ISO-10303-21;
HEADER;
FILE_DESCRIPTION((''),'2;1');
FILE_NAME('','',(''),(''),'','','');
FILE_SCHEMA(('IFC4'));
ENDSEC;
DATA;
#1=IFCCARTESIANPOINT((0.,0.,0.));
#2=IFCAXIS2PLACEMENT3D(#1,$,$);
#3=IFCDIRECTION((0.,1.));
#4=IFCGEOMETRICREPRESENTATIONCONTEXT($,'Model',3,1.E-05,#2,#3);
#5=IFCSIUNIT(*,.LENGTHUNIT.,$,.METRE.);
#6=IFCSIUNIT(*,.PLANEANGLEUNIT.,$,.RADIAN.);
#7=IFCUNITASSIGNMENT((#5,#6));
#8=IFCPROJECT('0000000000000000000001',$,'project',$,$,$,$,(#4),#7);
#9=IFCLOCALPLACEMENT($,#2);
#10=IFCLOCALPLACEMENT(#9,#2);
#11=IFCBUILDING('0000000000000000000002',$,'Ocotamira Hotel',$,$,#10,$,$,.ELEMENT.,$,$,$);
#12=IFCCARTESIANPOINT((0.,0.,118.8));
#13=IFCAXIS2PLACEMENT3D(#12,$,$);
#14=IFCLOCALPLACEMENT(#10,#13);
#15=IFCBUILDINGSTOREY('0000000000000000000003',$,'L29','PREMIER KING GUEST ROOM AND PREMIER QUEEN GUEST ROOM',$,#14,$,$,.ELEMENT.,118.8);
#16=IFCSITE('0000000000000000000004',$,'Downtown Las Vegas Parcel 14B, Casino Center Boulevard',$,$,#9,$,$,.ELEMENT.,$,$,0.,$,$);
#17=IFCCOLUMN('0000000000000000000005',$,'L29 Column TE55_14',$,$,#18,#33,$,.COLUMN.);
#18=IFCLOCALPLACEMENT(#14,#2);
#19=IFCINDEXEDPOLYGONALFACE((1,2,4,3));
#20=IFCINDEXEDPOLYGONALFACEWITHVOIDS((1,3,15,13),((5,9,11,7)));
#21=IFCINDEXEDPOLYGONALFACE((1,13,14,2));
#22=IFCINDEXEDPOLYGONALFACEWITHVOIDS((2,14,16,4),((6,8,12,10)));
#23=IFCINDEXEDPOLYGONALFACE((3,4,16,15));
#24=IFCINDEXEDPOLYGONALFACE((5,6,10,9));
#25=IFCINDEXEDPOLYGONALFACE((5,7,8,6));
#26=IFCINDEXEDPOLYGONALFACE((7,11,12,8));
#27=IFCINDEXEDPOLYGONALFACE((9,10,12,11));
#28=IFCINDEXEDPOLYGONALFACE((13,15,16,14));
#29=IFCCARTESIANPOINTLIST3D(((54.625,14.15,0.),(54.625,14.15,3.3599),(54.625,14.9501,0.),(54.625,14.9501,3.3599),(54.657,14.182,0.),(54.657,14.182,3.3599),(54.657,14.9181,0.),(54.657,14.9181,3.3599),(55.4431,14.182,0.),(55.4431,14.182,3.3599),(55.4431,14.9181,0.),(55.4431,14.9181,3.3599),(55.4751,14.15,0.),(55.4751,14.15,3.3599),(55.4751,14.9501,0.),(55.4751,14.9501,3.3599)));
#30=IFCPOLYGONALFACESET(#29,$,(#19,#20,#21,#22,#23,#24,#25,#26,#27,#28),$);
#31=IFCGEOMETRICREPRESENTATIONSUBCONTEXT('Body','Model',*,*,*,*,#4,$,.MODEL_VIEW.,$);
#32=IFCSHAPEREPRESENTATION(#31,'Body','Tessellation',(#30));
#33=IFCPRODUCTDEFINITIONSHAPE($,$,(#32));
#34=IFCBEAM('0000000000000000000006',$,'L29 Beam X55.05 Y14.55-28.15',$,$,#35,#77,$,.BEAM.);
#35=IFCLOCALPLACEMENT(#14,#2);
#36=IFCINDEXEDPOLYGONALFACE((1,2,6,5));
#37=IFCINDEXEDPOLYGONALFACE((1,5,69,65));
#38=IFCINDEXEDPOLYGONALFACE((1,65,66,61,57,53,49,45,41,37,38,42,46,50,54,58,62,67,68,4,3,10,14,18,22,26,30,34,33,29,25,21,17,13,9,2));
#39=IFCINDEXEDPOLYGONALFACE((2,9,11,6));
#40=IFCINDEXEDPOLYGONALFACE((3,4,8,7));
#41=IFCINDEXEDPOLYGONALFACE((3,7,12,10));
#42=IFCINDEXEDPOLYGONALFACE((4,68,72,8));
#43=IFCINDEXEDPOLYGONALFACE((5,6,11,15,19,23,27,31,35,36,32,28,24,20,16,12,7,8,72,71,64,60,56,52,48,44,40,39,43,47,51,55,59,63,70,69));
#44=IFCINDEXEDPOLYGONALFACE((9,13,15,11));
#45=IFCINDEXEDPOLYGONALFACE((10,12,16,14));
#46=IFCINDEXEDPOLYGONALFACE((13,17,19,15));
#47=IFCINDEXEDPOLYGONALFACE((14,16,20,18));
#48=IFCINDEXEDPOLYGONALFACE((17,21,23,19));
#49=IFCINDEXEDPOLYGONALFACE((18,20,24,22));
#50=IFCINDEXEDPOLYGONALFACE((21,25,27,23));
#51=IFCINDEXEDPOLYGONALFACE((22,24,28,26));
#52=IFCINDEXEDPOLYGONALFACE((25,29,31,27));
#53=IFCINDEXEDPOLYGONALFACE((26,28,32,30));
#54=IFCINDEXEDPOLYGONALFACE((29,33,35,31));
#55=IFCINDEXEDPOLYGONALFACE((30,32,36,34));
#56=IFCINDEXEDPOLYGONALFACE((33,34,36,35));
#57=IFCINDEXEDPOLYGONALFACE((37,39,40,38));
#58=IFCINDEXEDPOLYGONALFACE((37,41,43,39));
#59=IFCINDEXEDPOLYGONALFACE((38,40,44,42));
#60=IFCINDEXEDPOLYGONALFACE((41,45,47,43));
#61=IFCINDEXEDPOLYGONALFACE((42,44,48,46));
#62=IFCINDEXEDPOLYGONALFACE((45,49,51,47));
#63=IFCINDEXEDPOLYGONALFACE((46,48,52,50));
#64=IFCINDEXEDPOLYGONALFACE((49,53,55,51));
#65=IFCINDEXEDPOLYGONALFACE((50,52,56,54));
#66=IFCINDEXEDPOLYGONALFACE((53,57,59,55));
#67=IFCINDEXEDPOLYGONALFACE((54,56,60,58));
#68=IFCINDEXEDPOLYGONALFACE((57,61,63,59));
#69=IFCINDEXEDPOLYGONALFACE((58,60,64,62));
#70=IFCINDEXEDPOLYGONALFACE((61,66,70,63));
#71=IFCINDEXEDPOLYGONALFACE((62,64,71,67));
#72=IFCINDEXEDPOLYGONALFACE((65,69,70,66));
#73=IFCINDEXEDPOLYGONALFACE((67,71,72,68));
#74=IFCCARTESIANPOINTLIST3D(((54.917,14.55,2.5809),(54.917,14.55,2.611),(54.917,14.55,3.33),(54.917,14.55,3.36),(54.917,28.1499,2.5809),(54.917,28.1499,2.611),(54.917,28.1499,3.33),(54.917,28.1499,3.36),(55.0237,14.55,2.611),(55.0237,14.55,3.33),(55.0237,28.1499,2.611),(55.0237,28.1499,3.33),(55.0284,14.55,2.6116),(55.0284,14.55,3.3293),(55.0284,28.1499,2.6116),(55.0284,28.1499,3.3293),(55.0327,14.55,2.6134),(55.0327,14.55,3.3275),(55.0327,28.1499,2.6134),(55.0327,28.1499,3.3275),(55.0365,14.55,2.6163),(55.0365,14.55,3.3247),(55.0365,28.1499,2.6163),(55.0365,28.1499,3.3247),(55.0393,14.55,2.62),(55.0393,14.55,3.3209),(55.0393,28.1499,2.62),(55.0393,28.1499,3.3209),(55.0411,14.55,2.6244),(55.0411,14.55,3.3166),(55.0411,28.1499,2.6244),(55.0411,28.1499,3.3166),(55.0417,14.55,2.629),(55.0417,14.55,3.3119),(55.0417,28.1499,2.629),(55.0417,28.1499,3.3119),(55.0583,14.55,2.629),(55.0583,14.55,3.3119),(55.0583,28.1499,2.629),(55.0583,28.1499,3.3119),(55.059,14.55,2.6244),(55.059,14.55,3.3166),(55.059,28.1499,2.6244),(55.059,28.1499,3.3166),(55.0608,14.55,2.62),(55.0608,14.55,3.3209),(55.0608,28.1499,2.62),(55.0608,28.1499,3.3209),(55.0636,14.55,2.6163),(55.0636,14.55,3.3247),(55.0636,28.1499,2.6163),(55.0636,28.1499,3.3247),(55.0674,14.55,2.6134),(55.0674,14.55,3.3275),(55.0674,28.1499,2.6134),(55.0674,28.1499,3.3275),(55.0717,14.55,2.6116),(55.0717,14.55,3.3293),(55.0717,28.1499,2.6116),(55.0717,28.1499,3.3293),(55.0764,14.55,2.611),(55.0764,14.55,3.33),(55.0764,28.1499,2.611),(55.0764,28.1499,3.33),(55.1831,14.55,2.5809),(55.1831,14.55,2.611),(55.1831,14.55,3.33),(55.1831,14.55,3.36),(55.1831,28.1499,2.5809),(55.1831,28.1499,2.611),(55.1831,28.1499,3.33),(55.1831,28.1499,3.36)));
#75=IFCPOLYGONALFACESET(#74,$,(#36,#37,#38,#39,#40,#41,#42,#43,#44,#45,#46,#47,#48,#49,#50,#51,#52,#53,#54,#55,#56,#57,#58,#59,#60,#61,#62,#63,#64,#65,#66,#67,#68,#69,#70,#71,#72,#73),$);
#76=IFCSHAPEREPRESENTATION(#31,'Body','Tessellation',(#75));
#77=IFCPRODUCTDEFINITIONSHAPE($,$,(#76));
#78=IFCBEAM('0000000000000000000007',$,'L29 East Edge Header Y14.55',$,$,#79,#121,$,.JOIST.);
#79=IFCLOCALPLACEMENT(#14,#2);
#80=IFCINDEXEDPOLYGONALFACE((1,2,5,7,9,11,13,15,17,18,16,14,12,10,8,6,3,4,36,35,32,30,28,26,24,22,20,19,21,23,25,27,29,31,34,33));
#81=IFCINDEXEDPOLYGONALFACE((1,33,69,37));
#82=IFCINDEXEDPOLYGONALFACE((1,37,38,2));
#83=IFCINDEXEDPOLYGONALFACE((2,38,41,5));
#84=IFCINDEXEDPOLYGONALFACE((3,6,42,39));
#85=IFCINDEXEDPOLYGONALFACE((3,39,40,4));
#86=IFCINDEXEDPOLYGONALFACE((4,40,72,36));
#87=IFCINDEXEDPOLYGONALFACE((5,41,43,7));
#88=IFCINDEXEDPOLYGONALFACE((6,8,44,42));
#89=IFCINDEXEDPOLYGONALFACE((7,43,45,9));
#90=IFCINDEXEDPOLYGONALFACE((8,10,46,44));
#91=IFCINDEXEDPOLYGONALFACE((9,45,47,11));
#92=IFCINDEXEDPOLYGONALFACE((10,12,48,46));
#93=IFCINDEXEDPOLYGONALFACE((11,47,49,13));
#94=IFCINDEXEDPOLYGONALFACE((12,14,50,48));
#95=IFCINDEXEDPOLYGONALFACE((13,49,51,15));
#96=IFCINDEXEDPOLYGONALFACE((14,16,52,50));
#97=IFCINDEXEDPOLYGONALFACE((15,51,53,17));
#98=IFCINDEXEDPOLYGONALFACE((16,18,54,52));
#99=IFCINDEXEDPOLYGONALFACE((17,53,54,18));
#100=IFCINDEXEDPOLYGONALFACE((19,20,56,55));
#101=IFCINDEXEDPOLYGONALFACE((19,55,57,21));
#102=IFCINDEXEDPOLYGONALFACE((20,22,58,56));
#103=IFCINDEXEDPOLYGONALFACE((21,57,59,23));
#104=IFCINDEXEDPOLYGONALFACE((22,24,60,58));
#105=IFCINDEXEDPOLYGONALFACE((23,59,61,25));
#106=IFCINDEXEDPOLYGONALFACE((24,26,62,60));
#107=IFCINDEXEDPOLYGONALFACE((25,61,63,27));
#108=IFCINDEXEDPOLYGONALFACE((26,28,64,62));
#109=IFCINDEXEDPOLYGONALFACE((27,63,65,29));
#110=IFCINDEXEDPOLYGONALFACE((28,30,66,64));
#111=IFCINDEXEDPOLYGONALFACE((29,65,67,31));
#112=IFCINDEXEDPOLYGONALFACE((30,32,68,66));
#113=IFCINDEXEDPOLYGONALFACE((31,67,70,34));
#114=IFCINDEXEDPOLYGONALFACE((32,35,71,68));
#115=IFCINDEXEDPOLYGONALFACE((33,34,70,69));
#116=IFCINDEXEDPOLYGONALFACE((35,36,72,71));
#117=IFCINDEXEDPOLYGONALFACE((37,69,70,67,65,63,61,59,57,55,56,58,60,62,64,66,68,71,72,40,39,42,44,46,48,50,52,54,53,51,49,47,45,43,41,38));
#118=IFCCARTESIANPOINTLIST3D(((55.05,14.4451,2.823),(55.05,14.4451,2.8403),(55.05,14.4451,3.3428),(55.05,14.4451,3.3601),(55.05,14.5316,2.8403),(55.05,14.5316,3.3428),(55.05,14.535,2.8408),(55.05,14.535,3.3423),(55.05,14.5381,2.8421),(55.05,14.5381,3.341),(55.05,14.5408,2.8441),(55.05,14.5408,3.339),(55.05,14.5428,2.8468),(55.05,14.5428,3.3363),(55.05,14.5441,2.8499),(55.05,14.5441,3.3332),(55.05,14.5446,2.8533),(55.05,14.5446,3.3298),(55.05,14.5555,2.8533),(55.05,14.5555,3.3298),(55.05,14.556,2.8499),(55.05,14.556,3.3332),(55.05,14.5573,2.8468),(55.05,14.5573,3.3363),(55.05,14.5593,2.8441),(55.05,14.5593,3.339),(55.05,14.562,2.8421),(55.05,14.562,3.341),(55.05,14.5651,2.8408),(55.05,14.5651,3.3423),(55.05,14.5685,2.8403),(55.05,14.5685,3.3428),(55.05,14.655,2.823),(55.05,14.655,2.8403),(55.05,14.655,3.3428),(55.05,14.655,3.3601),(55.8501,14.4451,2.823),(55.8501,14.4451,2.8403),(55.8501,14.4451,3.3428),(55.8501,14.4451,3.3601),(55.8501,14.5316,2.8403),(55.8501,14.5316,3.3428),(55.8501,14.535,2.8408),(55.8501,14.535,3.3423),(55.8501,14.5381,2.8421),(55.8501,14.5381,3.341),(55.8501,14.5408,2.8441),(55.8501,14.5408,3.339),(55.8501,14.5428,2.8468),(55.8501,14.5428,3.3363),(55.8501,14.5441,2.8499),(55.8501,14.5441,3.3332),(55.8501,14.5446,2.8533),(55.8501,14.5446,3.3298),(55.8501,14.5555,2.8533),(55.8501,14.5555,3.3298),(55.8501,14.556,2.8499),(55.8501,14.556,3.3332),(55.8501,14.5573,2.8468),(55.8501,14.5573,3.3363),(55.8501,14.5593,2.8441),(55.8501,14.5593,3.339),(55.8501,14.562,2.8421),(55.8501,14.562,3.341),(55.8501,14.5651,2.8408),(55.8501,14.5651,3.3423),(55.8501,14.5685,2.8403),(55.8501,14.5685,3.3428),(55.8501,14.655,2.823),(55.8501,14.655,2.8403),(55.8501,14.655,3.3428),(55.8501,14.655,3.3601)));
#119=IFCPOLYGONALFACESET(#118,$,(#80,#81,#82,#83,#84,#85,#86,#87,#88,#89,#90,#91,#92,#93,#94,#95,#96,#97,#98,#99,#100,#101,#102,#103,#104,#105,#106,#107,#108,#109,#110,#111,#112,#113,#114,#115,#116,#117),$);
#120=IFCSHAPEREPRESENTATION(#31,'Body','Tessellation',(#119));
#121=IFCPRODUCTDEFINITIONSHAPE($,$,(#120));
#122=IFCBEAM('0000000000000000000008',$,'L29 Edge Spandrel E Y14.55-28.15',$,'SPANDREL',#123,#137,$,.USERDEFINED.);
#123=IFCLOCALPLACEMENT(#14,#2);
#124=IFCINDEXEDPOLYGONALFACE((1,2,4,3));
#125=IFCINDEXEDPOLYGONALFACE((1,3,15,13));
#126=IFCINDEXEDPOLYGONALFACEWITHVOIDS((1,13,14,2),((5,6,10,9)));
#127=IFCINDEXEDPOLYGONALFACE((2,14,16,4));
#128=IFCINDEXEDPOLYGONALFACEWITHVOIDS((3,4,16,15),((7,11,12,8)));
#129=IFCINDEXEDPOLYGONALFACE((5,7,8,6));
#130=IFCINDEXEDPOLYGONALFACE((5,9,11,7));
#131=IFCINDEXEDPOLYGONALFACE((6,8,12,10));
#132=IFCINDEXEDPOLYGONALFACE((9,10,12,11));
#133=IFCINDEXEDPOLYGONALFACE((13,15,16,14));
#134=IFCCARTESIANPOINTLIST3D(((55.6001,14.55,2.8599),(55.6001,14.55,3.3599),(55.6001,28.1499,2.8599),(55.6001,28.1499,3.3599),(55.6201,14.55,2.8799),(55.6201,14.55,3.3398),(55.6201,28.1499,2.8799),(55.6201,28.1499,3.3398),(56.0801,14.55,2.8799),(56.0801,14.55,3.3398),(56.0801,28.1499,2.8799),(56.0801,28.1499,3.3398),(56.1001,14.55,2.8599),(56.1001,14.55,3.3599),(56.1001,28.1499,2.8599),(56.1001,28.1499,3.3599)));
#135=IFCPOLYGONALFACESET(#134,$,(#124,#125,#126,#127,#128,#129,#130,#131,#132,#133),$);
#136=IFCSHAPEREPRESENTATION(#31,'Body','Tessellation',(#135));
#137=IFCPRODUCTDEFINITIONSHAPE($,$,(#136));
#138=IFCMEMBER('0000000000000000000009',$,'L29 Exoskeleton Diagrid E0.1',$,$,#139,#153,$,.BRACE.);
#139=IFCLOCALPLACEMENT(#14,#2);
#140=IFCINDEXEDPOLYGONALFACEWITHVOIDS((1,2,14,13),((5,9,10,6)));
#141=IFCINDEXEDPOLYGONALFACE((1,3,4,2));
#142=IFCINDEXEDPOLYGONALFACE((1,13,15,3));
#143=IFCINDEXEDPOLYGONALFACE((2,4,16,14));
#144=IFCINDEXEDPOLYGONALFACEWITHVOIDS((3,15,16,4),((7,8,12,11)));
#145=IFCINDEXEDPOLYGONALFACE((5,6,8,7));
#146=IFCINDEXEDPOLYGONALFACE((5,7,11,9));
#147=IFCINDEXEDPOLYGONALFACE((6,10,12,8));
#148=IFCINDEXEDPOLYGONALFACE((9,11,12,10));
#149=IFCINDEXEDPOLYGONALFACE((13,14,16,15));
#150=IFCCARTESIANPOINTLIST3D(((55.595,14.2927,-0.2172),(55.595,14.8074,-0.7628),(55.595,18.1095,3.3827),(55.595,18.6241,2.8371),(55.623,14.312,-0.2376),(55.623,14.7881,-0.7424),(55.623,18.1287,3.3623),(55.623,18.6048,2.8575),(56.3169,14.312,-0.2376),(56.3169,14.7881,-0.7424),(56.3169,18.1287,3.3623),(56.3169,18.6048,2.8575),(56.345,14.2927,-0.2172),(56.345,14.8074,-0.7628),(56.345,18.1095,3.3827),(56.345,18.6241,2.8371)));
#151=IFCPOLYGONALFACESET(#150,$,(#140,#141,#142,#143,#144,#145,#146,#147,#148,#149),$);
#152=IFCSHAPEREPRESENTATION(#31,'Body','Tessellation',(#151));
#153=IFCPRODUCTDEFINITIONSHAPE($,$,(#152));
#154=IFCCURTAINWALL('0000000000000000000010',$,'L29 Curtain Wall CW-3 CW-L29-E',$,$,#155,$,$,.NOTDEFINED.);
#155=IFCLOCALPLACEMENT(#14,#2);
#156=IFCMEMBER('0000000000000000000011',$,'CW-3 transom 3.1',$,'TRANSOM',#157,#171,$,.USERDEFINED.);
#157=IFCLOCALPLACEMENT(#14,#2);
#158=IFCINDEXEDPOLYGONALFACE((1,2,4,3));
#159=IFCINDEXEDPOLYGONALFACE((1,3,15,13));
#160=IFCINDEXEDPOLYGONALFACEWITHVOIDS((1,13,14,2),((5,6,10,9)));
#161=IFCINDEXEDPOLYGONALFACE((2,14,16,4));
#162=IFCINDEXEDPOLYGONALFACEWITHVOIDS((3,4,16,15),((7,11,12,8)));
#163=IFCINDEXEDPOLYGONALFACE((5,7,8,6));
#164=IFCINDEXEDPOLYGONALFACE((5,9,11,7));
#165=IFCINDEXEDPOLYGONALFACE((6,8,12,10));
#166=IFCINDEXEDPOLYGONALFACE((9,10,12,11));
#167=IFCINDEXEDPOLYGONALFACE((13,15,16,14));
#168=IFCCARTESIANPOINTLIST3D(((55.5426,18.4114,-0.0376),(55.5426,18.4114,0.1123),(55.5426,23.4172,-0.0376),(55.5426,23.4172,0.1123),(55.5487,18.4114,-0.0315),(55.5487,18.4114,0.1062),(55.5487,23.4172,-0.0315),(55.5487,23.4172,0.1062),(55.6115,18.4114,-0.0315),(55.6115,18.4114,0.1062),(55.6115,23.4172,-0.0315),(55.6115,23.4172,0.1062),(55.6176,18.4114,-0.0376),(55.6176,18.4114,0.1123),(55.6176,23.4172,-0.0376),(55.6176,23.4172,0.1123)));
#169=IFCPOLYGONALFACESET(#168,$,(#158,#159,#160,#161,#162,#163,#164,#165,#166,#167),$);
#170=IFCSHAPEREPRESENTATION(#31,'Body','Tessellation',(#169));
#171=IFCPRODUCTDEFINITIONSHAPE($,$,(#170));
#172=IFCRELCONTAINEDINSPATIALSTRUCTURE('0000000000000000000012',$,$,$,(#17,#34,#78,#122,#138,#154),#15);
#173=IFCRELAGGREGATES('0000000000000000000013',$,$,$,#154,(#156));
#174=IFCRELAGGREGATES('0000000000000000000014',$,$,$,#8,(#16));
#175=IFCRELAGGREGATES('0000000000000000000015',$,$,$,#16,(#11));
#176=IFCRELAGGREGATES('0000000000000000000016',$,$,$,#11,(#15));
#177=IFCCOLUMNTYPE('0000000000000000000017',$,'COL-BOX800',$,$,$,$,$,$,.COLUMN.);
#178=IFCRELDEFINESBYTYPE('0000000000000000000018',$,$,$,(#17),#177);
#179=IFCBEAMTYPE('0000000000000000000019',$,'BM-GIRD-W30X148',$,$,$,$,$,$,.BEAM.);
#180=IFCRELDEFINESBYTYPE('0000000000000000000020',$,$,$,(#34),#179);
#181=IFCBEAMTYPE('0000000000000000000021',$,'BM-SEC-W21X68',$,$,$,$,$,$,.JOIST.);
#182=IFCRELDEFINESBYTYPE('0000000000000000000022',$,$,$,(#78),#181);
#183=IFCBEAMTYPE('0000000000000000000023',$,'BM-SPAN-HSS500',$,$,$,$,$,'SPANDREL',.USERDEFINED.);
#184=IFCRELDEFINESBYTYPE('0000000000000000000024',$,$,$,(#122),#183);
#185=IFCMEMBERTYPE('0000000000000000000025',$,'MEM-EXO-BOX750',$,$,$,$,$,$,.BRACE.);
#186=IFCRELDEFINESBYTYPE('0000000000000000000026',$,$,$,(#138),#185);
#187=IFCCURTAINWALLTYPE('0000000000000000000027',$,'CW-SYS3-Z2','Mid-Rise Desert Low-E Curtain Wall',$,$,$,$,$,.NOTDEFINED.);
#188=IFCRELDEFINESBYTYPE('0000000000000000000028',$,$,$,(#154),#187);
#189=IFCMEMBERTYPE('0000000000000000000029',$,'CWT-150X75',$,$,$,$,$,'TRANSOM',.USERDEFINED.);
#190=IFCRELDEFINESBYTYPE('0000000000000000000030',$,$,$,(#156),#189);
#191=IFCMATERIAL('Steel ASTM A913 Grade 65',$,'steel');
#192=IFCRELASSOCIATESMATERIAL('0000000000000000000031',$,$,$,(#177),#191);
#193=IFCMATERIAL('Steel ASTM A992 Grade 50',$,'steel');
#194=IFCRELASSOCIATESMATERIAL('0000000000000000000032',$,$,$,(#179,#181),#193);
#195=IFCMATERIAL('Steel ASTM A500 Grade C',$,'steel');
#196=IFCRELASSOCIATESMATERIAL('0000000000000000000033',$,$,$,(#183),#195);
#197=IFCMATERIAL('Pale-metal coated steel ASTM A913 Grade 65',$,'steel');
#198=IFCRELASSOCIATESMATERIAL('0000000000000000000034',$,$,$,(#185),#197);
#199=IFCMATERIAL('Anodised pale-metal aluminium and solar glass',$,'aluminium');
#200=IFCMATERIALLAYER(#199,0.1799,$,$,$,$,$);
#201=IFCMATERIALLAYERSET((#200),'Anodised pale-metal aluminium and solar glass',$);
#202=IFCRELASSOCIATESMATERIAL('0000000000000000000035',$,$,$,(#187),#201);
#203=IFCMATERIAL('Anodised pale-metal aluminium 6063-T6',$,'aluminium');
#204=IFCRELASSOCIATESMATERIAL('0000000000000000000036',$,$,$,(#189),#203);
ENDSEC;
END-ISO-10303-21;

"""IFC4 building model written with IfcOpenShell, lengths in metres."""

from ifc_helpers import new_model, si_unit, direction, frame, origin, origin_2d, place, context, subcontext, project, spatial, hollow_rectangle, i_section, extrude, source, transform, mapped, material, layer, layer_set, material_profile, profile_set, type_object, element, aggregate, save


model = new_model("IFC4")

# Units and contexts
model_context = context("Model", 3, precision=1e-05, world=origin(), true_north=direction((0.0, 1.0)))
body_context = subcontext(model_context, "Body", "Model", "MODEL_VIEW")
ifc_project = project(units=[si_unit("LENGTHUNIT", "METRE"), si_unit("PLANEANGLEUNIT", "RADIAN")], contexts=[model_context])

# Site, building, storey
site_placement = place(None, origin())
site = spatial("IfcSite", under=ifc_project, at=site_placement, Name="Downtown Las Vegas Parcel 14B, Casino Center Boulevard", CompositionType="ELEMENT", RefElevation=0.0)
building_placement = place(site_placement, origin())
building = spatial("IfcBuilding", under=site, at=building_placement, Name="Ocotamira Hotel", CompositionType="ELEMENT")
storey_placement = place(building_placement, frame((0.0, 0.0, 118.8)))
storey = spatial("IfcBuildingStorey", under=building, at=storey_placement, Name="L29", Description="PREMIER KING GUEST ROOM AND PREMIER QUEEN GUEST ROOM", CompositionType="ELEMENT", Elevation=118.8)

# Column
ifc_material_1 = material(Name="Steel ASTM A913 Grade 65", Category="steel")
ifc_material_profile_1 = material_profile(ifc_material_1, hollow_rectangle(XDim=0.8501, YDim=0.8, WallThickness=0.032, at=origin_2d()), Name="BOX800X850X32")
ifc_profile_set_1 = profile_set([ifc_material_profile_1], Name="Steel ASTM A913 Grade 65")
column_type = type_object("IfcColumnType", Name="COL-BOX800", PredefinedType="COLUMN", material=ifc_profile_set_1)
shared_shape_1 = source(origin(), body_context, "Body", "SweptSolid", [
    extrude(hollow_rectangle(XDim=0.8501, YDim=0.8, WallThickness=0.032, at=origin_2d()), origin(), (0.0, 0.0, 1.0), 3.3599),
])
column_placement = place(storey_placement, frame((55.05, 14.55, 0.0), z_axis=(0.0, 0.0, 1.0), x_axis=(1.0, 0.0, 0.0)))
element("IfcColumn", 1, at=column_placement, inside=storey, type_object=column_type, Name="L29 Column TE55_14", PredefinedType="COLUMN", context=body_context, shape_type="MappedRepresentation", body=[
    mapped(shared_shape_1, transform((0.0, 0.0, 0.0), scale=1.0)),
])

# Beams
ifc_material_2 = material(Name="Steel ASTM A992 Grade 50", Category="steel")
ifc_material_profile_2 = material_profile(ifc_material_2, i_section(OverallWidth=0.2661, OverallDepth=0.7791, WebThickness=0.0166, FlangeThickness=0.03, FilletRadius=0.0181, at=origin_2d()), Name="W30X148")
ifc_profile_set_2 = profile_set([ifc_material_profile_2], Name="Steel ASTM A992 Grade 50")
beam_type_1 = type_object("IfcBeamType", Name="BM-GIRD-W30X148", PredefinedType="BEAM", material=ifc_profile_set_2)
shared_shape_2 = source(origin(), body_context, "Body", "SweptSolid", [
    extrude(i_section(OverallWidth=0.2661, OverallDepth=0.7791, WebThickness=0.0166, FlangeThickness=0.03, FilletRadius=0.0181, at=origin_2d()), origin(), (0.0, 0.0, 1.0), 13.5999),
])
beam_1_placement = place(storey_placement, frame((55.05, 14.55, 2.9705), z_axis=(0.0, 1.0, 0.0), x_axis=(-1.0, 0.0, 0.0)))
element("IfcBeam", 2, at=beam_1_placement, inside=storey, type_object=beam_type_1, Name="L29 Beam X55.05 Y14.55-28.15", PredefinedType="BEAM", context=body_context, shape_type="MappedRepresentation", body=[
    mapped(shared_shape_2, transform((0.0, 0.0, 0.0), scale=1.0)),
])
ifc_material_profile_3 = material_profile(ifc_material_2, i_section(OverallWidth=0.21, OverallDepth=0.5371, WebThickness=0.011, FlangeThickness=0.0173, FilletRadius=0.0129, at=origin_2d()), Name="W21X68")
ifc_profile_set_3 = profile_set([ifc_material_profile_3], Name="Steel ASTM A992 Grade 50")
beam_type_2 = type_object("IfcBeamType", Name="BM-SEC-W21X68", PredefinedType="JOIST", material=ifc_profile_set_3)
shared_shape_3 = source(origin(), body_context, "Body", "SweptSolid", [
    extrude(i_section(OverallWidth=0.21, OverallDepth=0.5371, WebThickness=0.011, FlangeThickness=0.0173, FilletRadius=0.0129, at=origin_2d()), origin(), (0.0, 0.0, 1.0), 0.8),
])
beam_2_placement = place(storey_placement, frame((55.05, 14.55, 3.0916), z_axis=(1.0, 0.0, 0.0), x_axis=(0.0, 1.0, 0.0)))
element("IfcBeam", 3, at=beam_2_placement, inside=storey, type_object=beam_type_2, Name="L29 East Edge Header Y14.55", PredefinedType="JOIST", context=body_context, shape_type="MappedRepresentation", body=[
    mapped(shared_shape_3, transform((0.0, 0.0, 0.0), scale=1.0)),
])
ifc_material_3 = material(Name="Steel ASTM A500 Grade C", Category="steel")
ifc_material_profile_4 = material_profile(ifc_material_3, hollow_rectangle(XDim=0.5, YDim=0.5, WallThickness=0.02, at=origin_2d()), Name="HSS500X500X20")
ifc_profile_set_4 = profile_set([ifc_material_profile_4], Name="Steel ASTM A500 Grade C")
beam_type_3 = type_object("IfcBeamType", Name="BM-SPAN-HSS500", ElementType="SPANDREL", PredefinedType="USERDEFINED", material=ifc_profile_set_4)
shared_shape_4 = source(origin(), body_context, "Body", "SweptSolid", [
    extrude(hollow_rectangle(XDim=0.5, YDim=0.5, WallThickness=0.02, at=origin_2d()), origin(), (0.0, 0.0, 1.0), 13.5999),
])
beam_3_placement = place(storey_placement, frame((55.8501, 14.55, 3.1099), z_axis=(0.0, 1.0, 0.0), x_axis=(-1.0, 0.0, 0.0)))
element("IfcBeam", 4, at=beam_3_placement, inside=storey, type_object=beam_type_3, Name="L29 Edge Spandrel E Y14.55-28.15", ObjectType="SPANDREL", PredefinedType="USERDEFINED", context=body_context, shape_type="MappedRepresentation", body=[
    mapped(shared_shape_4, transform((0.0, 0.0, 0.0), scale=1.0)),
])

# Member
ifc_material_4 = material(Name="Pale-metal coated steel ASTM A913 Grade 65", Category="steel")
ifc_material_profile_5 = material_profile(ifc_material_4, hollow_rectangle(XDim=0.75, YDim=0.75, WallThickness=0.0281, at=origin_2d()), Name="BOX750X750X28")
ifc_profile_set_5 = profile_set([ifc_material_profile_5], Name="Pale-metal coated steel ASTM A913 Grade 65")
member_type_1 = type_object("IfcMemberType", Name="MEM-EXO-BOX750", PredefinedType="BRACE", material=ifc_profile_set_5)
shared_shape_5 = source(origin(), body_context, "Body", "SweptSolid", [
    extrude(hollow_rectangle(XDim=0.75, YDim=0.75, WallThickness=0.0281, at=origin_2d()), origin(), (0.0, 0.0, 1.0), 5.2466),
])
member_1_placement = place(storey_placement, frame((55.97, 14.55, -0.49), z_axis=(0.0, 0.727466, 0.686144), x_axis=(-1.0, 0.0, 0.0)))
element("IfcMember", 5, at=member_1_placement, inside=storey, type_object=member_type_1, Name="L29 Exoskeleton Diagrid E0.1", PredefinedType="BRACE", context=body_context, shape_type="MappedRepresentation", body=[
    mapped(shared_shape_5, transform((0.0, 0.0, 0.0), scale=1.0)),
])

# Curtain wall, member
ifc_material_5 = material(Name="Anodised pale-metal aluminium and solar glass", Category="aluminium")
ifc_layer_1 = layer(ifc_material_5, 0.1799)
ifc_layer_set_1 = layer_set([ifc_layer_1], Name="Anodised pale-metal aluminium and solar glass")
curtain_wall_type = type_object("IfcCurtainWallType", Name="CW-SYS3-Z2", Description="Mid-Rise Desert Low-E Curtain Wall", PredefinedType="NOTDEFINED", material=ifc_layer_set_1)
curtain_wall_placement = place(storey_placement, origin())
curtain_wall = element("IfcCurtainWall", 6, at=curtain_wall_placement, inside=storey, type_object=curtain_wall_type, Name="L29 Curtain Wall CW-3 CW-L29-E", PredefinedType="NOTDEFINED")
ifc_material_6 = material(Name="Anodised pale-metal aluminium 6063-T6", Category="aluminium")
ifc_material_profile_6 = material_profile(ifc_material_6, hollow_rectangle(XDim=0.075, YDim=0.1499, WallThickness=0.0061, at=origin_2d()), Name="HSS150X75X6")
ifc_profile_set_6 = profile_set([ifc_material_profile_6], Name="Anodised pale-metal aluminium 6063-T6")
member_type_2 = type_object("IfcMemberType", Name="CWT-150X75", ElementType="TRANSOM", PredefinedType="USERDEFINED", material=ifc_profile_set_6)
shared_shape_6 = source(origin(), body_context, "Body", "SweptSolid", [
    extrude(hollow_rectangle(XDim=0.075, YDim=0.1499, WallThickness=0.0061, at=origin_2d()), origin(), (0.0, 0.0, 1.0), 5.0059),
])
member_2_placement = place(storey_placement, frame((55.5801, 18.4114, 0.0374), z_axis=(0.0, 1.0, 0.0), x_axis=(-1.0, 0.0, 0.0)))
member_2 = element("IfcMember", 7, at=member_2_placement, type_object=member_type_2, Name="CW-3 transom 3.1", ObjectType="TRANSOM", PredefinedType="USERDEFINED", context=body_context, shape_type="MappedRepresentation", body=[
    mapped(shared_shape_6, transform((0.0, 0.0, 0.0), scale=1.0)),
])

aggregate(curtain_wall, [member_2])

save(model, "model.ifc")
